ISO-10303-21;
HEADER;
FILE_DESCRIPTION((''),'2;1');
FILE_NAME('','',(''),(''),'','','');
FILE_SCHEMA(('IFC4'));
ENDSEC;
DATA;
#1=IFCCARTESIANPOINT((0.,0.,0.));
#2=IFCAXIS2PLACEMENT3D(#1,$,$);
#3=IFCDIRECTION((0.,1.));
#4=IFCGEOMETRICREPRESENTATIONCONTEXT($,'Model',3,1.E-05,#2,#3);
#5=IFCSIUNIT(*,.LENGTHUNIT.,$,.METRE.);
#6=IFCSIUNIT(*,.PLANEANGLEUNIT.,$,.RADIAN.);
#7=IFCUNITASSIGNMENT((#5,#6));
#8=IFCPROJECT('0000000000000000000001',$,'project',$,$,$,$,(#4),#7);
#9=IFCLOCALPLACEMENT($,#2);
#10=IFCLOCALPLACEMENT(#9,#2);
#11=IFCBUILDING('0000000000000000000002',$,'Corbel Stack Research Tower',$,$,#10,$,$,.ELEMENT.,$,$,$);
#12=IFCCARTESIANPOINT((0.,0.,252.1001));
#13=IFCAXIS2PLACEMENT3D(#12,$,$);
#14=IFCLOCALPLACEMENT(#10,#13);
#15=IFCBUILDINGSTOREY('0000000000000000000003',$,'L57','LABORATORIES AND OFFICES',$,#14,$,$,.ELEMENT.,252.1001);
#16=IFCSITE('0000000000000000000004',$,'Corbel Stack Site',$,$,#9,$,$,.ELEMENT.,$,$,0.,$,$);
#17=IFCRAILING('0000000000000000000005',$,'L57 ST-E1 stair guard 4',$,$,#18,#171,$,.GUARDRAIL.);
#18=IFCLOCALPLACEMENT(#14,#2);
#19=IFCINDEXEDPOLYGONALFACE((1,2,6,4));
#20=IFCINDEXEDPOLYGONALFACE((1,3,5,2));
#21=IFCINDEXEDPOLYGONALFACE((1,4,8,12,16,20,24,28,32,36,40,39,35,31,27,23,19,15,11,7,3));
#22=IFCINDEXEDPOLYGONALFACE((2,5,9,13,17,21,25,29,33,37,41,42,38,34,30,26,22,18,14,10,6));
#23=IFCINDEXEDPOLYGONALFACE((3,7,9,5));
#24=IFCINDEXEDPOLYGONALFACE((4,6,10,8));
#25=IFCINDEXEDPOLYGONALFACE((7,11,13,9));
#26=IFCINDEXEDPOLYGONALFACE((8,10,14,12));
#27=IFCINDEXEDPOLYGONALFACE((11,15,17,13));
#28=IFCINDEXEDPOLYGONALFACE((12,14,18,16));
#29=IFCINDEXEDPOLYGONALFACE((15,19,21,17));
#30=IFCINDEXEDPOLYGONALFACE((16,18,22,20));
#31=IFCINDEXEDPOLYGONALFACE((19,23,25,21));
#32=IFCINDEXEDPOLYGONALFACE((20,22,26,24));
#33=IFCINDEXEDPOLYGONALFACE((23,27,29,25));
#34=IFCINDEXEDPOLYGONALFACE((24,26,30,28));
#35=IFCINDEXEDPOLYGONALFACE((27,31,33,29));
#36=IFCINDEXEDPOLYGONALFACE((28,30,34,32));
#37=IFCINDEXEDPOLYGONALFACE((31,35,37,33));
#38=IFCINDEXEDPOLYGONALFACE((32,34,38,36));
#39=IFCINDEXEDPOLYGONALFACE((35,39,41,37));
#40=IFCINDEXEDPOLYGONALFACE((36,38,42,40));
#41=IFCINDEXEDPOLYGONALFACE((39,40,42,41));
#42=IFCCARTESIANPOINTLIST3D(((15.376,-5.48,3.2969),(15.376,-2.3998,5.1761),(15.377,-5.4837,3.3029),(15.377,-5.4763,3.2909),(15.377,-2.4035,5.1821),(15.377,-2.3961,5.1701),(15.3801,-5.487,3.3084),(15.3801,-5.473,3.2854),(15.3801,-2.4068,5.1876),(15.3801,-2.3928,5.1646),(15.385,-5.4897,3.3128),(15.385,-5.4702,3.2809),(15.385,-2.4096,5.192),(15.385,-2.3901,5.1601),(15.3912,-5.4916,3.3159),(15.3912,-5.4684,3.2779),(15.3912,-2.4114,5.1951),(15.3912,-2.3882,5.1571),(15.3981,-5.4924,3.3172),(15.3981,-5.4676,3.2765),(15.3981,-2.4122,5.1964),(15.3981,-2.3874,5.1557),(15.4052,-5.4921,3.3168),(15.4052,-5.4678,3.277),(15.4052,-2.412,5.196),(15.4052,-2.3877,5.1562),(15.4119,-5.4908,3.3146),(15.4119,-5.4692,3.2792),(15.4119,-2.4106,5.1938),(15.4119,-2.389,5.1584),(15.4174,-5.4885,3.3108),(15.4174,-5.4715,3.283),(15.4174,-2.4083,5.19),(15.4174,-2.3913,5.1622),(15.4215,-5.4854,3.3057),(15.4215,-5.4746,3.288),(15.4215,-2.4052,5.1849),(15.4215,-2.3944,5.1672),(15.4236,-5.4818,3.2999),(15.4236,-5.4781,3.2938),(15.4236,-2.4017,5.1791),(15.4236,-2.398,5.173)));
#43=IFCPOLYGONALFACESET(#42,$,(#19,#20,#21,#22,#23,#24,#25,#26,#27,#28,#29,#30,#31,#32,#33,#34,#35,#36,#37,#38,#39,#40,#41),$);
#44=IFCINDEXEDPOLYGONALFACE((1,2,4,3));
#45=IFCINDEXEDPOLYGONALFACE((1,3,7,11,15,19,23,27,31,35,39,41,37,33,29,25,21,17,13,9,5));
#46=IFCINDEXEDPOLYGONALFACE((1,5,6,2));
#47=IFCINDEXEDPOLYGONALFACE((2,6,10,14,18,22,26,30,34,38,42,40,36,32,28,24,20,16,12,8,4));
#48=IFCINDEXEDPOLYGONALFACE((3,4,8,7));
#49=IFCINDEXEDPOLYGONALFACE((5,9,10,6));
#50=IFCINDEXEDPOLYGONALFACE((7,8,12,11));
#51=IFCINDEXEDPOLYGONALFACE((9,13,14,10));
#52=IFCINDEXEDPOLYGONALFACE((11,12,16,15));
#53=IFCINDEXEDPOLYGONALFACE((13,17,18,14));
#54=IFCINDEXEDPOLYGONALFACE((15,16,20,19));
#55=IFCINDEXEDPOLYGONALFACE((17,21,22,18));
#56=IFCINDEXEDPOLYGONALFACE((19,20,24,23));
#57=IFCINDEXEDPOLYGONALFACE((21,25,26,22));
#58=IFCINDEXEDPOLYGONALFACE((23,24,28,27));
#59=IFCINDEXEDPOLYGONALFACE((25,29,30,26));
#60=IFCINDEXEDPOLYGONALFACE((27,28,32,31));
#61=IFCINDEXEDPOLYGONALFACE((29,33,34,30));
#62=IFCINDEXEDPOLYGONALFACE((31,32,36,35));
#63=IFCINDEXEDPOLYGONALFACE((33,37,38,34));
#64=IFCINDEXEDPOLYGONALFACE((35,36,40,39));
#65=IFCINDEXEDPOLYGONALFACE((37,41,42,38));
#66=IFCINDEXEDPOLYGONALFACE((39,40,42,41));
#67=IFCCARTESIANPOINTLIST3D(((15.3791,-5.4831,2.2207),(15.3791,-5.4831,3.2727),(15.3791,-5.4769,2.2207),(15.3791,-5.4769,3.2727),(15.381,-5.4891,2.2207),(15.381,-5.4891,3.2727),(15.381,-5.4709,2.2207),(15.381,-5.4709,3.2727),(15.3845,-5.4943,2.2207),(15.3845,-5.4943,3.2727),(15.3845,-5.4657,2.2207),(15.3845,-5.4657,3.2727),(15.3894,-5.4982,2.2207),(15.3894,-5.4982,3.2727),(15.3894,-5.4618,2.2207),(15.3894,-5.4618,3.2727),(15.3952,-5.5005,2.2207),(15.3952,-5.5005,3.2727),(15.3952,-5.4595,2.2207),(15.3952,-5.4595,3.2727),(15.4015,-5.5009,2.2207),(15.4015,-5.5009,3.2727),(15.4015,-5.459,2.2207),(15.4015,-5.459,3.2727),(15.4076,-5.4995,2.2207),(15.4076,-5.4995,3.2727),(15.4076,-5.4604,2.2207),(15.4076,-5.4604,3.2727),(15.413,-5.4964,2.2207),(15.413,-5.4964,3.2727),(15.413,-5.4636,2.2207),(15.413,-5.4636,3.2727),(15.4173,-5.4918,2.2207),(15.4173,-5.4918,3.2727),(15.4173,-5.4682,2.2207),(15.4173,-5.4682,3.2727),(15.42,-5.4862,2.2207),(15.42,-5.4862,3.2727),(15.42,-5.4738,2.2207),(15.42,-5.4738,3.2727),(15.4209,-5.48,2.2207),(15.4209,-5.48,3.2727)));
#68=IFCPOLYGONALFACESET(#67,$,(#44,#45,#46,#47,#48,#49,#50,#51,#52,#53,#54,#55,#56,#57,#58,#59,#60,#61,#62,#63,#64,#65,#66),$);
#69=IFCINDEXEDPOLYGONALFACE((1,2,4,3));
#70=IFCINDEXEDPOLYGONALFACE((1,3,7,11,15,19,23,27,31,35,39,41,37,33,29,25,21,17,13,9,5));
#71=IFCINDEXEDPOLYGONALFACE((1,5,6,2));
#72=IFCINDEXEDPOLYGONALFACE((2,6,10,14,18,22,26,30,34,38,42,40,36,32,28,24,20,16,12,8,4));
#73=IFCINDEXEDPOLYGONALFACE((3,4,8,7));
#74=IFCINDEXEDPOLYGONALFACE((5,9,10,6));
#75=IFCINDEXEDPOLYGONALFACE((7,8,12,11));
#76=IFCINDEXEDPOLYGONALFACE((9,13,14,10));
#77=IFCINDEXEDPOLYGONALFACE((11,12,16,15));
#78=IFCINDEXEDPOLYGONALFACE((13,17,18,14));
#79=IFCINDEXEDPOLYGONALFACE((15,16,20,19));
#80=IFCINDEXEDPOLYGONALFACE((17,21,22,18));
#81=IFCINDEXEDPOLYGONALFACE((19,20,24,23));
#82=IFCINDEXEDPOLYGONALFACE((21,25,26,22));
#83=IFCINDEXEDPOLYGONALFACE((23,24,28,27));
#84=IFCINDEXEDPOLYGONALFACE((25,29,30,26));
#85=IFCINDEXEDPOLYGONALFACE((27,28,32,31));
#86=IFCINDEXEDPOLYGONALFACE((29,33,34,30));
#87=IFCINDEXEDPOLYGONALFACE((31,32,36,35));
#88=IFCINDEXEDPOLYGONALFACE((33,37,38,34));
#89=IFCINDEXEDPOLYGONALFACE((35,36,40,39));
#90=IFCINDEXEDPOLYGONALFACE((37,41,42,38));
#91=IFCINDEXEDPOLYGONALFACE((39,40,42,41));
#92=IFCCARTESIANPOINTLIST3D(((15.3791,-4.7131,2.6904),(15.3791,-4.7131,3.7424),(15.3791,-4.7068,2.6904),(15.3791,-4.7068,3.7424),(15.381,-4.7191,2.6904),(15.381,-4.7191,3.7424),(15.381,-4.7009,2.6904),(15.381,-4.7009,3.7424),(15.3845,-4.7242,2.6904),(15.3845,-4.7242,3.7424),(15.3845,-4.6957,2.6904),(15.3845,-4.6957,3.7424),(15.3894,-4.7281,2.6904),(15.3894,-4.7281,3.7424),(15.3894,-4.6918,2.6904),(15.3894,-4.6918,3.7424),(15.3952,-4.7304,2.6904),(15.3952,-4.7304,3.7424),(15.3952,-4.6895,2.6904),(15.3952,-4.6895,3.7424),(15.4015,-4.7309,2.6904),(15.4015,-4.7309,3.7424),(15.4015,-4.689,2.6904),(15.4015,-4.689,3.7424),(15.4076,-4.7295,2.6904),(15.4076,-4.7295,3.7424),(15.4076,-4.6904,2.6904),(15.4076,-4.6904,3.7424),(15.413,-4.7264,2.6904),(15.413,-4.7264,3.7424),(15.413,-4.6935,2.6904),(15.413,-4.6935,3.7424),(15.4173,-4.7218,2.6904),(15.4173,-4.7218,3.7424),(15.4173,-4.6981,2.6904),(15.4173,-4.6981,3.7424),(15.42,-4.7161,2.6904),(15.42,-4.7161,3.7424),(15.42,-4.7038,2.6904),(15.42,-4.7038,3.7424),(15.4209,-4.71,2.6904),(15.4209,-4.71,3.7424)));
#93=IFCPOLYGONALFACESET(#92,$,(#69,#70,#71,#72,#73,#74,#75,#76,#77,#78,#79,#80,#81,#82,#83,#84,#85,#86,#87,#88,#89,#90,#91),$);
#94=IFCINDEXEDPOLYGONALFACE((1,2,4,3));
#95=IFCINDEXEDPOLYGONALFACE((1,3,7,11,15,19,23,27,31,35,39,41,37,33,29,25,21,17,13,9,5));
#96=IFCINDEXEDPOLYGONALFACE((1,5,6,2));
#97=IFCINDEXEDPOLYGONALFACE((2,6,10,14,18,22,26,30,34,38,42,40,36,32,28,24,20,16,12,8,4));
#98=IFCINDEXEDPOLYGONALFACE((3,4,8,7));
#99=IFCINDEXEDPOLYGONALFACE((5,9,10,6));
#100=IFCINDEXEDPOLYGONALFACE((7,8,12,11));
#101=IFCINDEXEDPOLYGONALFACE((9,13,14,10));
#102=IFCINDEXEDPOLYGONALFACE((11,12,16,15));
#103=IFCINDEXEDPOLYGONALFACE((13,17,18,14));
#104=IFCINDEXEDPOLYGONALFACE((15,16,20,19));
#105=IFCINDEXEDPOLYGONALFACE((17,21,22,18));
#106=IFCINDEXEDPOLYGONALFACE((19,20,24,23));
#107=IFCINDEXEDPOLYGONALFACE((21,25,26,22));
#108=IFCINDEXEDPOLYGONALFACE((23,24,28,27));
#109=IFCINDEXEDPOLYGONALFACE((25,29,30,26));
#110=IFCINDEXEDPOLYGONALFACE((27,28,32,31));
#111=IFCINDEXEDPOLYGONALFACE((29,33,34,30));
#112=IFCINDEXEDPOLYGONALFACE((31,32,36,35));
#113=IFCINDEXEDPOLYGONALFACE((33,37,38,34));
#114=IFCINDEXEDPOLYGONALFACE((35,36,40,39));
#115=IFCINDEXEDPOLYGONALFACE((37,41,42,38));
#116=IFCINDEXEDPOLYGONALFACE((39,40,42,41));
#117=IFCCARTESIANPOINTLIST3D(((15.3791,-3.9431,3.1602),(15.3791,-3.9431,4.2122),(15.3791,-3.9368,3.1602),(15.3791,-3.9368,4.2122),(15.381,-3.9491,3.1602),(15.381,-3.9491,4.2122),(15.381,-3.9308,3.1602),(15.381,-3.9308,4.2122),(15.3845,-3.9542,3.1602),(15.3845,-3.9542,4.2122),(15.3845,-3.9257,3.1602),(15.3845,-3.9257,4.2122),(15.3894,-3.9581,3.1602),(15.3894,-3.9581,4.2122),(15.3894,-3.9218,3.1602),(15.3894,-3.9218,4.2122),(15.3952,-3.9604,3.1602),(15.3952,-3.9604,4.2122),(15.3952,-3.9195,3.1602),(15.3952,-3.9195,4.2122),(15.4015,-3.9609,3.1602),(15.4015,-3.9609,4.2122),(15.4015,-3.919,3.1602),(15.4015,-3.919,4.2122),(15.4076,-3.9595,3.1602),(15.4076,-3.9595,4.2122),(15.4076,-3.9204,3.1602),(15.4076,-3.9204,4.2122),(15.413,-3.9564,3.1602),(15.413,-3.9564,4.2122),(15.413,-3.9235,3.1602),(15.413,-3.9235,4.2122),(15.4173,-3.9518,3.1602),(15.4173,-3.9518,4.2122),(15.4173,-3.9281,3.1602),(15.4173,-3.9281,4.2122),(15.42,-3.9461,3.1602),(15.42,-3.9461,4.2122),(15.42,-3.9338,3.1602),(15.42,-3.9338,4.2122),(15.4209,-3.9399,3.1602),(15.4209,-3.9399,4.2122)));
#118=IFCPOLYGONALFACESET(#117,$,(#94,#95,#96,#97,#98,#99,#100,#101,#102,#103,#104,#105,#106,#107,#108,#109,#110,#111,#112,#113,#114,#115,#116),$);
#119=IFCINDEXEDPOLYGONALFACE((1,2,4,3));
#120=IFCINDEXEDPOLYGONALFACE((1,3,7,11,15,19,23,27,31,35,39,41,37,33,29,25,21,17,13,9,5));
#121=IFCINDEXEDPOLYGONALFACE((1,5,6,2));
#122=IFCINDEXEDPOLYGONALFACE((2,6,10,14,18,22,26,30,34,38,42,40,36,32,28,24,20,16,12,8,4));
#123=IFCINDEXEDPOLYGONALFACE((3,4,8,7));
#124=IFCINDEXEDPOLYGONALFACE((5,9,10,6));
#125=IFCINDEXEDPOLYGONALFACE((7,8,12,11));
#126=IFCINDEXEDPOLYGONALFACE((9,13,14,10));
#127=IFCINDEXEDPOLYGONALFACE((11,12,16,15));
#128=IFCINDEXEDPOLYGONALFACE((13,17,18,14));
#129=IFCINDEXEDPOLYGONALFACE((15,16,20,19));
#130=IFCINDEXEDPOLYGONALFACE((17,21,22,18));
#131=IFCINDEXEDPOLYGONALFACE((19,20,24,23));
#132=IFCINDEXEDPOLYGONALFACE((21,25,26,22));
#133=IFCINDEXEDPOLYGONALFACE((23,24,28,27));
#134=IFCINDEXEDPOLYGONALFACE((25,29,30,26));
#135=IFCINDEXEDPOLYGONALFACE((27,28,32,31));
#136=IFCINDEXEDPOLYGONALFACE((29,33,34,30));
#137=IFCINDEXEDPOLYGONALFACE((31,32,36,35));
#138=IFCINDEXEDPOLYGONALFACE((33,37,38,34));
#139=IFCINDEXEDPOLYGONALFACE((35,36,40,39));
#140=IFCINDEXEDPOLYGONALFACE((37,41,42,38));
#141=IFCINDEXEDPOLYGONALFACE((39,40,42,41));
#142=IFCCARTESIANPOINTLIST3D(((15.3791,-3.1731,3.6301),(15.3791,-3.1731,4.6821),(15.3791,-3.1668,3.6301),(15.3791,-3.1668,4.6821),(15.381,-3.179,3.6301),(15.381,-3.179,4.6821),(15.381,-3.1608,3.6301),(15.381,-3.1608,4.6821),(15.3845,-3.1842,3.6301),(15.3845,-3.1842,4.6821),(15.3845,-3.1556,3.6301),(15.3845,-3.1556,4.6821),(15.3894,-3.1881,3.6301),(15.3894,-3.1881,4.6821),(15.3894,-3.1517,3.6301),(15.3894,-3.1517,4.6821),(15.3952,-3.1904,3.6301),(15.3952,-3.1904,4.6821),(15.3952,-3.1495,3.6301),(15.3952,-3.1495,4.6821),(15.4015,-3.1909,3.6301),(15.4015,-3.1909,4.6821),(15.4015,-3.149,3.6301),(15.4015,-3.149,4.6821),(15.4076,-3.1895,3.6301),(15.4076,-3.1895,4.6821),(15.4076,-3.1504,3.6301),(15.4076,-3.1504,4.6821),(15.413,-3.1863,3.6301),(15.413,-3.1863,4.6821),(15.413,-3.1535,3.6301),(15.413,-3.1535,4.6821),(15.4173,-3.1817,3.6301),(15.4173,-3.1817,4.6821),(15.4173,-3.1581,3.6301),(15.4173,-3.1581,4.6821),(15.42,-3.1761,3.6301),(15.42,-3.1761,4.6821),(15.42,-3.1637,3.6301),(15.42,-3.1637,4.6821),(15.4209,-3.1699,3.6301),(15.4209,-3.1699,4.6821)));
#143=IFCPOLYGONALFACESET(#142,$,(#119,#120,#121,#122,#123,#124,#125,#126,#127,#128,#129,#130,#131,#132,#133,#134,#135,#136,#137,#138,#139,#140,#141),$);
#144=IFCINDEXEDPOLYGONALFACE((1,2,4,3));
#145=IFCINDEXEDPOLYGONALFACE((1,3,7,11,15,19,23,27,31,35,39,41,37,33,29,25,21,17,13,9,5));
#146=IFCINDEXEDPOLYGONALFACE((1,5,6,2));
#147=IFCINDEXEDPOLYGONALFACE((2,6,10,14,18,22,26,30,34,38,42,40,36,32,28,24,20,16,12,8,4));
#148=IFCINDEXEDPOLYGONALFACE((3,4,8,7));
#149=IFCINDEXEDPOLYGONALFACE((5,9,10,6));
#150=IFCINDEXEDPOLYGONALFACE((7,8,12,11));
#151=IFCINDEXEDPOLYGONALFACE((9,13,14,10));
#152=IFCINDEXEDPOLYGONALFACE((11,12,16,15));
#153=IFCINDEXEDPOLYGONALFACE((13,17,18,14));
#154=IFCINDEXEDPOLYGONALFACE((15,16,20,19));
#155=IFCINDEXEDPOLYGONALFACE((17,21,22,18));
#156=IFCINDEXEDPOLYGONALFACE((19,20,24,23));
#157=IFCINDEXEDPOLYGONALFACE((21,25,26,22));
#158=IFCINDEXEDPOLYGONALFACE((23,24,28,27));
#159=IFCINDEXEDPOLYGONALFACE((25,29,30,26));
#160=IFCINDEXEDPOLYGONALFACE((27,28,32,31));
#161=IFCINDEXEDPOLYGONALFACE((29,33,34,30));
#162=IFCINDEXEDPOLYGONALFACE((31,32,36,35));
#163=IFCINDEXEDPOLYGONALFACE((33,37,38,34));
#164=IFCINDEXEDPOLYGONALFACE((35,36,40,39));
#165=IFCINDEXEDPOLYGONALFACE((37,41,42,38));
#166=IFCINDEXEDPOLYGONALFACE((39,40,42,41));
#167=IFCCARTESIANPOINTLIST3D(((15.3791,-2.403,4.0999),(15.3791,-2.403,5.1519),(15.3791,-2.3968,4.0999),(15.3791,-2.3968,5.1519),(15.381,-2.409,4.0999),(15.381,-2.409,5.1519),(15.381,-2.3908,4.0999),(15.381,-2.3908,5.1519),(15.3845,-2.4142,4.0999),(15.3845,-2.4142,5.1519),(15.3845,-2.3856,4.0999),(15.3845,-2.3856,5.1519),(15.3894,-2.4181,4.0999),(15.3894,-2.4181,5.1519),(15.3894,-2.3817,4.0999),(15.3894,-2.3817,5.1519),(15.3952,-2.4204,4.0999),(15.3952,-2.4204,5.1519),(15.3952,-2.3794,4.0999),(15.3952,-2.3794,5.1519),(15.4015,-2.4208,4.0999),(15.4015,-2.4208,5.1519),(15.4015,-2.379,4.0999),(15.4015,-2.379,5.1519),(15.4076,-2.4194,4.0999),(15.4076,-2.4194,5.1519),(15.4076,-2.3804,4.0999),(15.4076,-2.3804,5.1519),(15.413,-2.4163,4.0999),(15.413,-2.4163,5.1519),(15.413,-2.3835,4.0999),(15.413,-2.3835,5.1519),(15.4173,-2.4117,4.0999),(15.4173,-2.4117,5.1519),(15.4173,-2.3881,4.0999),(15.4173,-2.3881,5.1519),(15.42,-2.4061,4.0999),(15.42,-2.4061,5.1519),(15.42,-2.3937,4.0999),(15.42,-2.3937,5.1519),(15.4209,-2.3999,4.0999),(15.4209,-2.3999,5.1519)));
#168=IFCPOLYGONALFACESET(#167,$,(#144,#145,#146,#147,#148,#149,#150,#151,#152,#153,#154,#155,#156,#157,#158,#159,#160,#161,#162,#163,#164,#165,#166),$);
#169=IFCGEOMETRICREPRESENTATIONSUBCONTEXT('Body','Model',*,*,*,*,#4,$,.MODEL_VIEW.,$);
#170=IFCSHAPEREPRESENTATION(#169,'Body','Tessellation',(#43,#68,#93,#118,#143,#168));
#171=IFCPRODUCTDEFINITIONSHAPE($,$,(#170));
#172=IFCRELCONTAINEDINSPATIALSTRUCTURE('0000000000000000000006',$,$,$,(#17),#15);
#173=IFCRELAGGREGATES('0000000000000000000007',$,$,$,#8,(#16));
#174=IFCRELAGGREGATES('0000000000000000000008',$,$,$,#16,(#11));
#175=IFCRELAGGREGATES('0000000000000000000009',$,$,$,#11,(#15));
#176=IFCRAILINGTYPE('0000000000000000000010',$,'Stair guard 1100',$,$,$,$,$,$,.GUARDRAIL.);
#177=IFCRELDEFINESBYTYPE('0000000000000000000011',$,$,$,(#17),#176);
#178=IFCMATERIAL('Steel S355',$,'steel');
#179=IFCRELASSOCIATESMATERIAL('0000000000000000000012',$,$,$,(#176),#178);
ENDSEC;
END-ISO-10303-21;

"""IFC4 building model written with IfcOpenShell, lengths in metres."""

from ifc_helpers import new_model, si_unit, direction, frame, origin, origin_2d, place, context, subcontext, project, spatial, circle, extrude, material, type_object, element, save


model = new_model("IFC4")

# Units and contexts
model_context = context("Model", 3, precision=1e-05, world=origin(), true_north=direction((0.0, 1.0)))
body_context = subcontext(model_context, "Body", "Model", "MODEL_VIEW")
ifc_project = project(units=[si_unit("LENGTHUNIT", "METRE"), si_unit("PLANEANGLEUNIT", "RADIAN")], contexts=[model_context])

# Site, building, storey
site_placement = place(None, origin())
site = spatial("IfcSite", under=ifc_project, at=site_placement, Name="Corbel Stack Site", CompositionType="ELEMENT", RefElevation=0.0)
building_placement = place(site_placement, origin())
building = spatial("IfcBuilding", under=site, at=building_placement, Name="Corbel Stack Research Tower", CompositionType="ELEMENT")
storey_placement = place(building_placement, frame((0.0, 0.0, 252.1001)))
storey = spatial("IfcBuildingStorey", under=building, at=storey_placement, Name="L57", Description="LABORATORIES AND OFFICES", CompositionType="ELEMENT", Elevation=252.1001)

# Railing
ifc_material_1 = material(Name="Steel S355", Category="steel")
railing_type_1 = type_object("IfcRailingType", Name="Stair guard 1100", PredefinedType="GUARDRAIL", material=ifc_material_1)
railing_1_placement = place(storey_placement, frame((15.3999, -5.48, 2.2207)))
element("IfcRailing", 1, at=railing_1_placement, inside=storey, type_object=railing_type_1, Name="L57 ST-E1 stair guard 4", PredefinedType="GUARDRAIL", context=body_context, shape_type="SweptSolid", body=[
    extrude(circle(Radius=0.0239, at=origin_2d()), frame((0.0, 0.0, 1.0762), z_axis=(0.0, 0.853666, 0.52082), x_axis=(-1.0, 0.0, 0.0)), (0.0, 0.0, 1.0), 3.6082),
    extrude(circle(Radius=0.021, at=origin_2d()), origin(), (0.0, 0.0, 1.0), 1.052),
    extrude(circle(Radius=0.021, at=origin_2d()), frame((0.0, 0.77, 0.4697)), (0.0, 0.0, 1.0), 1.052),
    extrude(circle(Radius=0.021, at=origin_2d()), frame((0.0, 1.54, 0.9395)), (0.0, 0.0, 1.0), 1.052),
    extrude(circle(Radius=0.021, at=origin_2d()), frame((0.0, 2.3101, 1.4094)), (0.0, 0.0, 1.0), 1.052),
    extrude(circle(Radius=0.021, at=origin_2d()), frame((0.0, 3.0801, 1.8792)), (0.0, 0.0, 1.0), 1.052),
])

save(model, "model.ifc")
